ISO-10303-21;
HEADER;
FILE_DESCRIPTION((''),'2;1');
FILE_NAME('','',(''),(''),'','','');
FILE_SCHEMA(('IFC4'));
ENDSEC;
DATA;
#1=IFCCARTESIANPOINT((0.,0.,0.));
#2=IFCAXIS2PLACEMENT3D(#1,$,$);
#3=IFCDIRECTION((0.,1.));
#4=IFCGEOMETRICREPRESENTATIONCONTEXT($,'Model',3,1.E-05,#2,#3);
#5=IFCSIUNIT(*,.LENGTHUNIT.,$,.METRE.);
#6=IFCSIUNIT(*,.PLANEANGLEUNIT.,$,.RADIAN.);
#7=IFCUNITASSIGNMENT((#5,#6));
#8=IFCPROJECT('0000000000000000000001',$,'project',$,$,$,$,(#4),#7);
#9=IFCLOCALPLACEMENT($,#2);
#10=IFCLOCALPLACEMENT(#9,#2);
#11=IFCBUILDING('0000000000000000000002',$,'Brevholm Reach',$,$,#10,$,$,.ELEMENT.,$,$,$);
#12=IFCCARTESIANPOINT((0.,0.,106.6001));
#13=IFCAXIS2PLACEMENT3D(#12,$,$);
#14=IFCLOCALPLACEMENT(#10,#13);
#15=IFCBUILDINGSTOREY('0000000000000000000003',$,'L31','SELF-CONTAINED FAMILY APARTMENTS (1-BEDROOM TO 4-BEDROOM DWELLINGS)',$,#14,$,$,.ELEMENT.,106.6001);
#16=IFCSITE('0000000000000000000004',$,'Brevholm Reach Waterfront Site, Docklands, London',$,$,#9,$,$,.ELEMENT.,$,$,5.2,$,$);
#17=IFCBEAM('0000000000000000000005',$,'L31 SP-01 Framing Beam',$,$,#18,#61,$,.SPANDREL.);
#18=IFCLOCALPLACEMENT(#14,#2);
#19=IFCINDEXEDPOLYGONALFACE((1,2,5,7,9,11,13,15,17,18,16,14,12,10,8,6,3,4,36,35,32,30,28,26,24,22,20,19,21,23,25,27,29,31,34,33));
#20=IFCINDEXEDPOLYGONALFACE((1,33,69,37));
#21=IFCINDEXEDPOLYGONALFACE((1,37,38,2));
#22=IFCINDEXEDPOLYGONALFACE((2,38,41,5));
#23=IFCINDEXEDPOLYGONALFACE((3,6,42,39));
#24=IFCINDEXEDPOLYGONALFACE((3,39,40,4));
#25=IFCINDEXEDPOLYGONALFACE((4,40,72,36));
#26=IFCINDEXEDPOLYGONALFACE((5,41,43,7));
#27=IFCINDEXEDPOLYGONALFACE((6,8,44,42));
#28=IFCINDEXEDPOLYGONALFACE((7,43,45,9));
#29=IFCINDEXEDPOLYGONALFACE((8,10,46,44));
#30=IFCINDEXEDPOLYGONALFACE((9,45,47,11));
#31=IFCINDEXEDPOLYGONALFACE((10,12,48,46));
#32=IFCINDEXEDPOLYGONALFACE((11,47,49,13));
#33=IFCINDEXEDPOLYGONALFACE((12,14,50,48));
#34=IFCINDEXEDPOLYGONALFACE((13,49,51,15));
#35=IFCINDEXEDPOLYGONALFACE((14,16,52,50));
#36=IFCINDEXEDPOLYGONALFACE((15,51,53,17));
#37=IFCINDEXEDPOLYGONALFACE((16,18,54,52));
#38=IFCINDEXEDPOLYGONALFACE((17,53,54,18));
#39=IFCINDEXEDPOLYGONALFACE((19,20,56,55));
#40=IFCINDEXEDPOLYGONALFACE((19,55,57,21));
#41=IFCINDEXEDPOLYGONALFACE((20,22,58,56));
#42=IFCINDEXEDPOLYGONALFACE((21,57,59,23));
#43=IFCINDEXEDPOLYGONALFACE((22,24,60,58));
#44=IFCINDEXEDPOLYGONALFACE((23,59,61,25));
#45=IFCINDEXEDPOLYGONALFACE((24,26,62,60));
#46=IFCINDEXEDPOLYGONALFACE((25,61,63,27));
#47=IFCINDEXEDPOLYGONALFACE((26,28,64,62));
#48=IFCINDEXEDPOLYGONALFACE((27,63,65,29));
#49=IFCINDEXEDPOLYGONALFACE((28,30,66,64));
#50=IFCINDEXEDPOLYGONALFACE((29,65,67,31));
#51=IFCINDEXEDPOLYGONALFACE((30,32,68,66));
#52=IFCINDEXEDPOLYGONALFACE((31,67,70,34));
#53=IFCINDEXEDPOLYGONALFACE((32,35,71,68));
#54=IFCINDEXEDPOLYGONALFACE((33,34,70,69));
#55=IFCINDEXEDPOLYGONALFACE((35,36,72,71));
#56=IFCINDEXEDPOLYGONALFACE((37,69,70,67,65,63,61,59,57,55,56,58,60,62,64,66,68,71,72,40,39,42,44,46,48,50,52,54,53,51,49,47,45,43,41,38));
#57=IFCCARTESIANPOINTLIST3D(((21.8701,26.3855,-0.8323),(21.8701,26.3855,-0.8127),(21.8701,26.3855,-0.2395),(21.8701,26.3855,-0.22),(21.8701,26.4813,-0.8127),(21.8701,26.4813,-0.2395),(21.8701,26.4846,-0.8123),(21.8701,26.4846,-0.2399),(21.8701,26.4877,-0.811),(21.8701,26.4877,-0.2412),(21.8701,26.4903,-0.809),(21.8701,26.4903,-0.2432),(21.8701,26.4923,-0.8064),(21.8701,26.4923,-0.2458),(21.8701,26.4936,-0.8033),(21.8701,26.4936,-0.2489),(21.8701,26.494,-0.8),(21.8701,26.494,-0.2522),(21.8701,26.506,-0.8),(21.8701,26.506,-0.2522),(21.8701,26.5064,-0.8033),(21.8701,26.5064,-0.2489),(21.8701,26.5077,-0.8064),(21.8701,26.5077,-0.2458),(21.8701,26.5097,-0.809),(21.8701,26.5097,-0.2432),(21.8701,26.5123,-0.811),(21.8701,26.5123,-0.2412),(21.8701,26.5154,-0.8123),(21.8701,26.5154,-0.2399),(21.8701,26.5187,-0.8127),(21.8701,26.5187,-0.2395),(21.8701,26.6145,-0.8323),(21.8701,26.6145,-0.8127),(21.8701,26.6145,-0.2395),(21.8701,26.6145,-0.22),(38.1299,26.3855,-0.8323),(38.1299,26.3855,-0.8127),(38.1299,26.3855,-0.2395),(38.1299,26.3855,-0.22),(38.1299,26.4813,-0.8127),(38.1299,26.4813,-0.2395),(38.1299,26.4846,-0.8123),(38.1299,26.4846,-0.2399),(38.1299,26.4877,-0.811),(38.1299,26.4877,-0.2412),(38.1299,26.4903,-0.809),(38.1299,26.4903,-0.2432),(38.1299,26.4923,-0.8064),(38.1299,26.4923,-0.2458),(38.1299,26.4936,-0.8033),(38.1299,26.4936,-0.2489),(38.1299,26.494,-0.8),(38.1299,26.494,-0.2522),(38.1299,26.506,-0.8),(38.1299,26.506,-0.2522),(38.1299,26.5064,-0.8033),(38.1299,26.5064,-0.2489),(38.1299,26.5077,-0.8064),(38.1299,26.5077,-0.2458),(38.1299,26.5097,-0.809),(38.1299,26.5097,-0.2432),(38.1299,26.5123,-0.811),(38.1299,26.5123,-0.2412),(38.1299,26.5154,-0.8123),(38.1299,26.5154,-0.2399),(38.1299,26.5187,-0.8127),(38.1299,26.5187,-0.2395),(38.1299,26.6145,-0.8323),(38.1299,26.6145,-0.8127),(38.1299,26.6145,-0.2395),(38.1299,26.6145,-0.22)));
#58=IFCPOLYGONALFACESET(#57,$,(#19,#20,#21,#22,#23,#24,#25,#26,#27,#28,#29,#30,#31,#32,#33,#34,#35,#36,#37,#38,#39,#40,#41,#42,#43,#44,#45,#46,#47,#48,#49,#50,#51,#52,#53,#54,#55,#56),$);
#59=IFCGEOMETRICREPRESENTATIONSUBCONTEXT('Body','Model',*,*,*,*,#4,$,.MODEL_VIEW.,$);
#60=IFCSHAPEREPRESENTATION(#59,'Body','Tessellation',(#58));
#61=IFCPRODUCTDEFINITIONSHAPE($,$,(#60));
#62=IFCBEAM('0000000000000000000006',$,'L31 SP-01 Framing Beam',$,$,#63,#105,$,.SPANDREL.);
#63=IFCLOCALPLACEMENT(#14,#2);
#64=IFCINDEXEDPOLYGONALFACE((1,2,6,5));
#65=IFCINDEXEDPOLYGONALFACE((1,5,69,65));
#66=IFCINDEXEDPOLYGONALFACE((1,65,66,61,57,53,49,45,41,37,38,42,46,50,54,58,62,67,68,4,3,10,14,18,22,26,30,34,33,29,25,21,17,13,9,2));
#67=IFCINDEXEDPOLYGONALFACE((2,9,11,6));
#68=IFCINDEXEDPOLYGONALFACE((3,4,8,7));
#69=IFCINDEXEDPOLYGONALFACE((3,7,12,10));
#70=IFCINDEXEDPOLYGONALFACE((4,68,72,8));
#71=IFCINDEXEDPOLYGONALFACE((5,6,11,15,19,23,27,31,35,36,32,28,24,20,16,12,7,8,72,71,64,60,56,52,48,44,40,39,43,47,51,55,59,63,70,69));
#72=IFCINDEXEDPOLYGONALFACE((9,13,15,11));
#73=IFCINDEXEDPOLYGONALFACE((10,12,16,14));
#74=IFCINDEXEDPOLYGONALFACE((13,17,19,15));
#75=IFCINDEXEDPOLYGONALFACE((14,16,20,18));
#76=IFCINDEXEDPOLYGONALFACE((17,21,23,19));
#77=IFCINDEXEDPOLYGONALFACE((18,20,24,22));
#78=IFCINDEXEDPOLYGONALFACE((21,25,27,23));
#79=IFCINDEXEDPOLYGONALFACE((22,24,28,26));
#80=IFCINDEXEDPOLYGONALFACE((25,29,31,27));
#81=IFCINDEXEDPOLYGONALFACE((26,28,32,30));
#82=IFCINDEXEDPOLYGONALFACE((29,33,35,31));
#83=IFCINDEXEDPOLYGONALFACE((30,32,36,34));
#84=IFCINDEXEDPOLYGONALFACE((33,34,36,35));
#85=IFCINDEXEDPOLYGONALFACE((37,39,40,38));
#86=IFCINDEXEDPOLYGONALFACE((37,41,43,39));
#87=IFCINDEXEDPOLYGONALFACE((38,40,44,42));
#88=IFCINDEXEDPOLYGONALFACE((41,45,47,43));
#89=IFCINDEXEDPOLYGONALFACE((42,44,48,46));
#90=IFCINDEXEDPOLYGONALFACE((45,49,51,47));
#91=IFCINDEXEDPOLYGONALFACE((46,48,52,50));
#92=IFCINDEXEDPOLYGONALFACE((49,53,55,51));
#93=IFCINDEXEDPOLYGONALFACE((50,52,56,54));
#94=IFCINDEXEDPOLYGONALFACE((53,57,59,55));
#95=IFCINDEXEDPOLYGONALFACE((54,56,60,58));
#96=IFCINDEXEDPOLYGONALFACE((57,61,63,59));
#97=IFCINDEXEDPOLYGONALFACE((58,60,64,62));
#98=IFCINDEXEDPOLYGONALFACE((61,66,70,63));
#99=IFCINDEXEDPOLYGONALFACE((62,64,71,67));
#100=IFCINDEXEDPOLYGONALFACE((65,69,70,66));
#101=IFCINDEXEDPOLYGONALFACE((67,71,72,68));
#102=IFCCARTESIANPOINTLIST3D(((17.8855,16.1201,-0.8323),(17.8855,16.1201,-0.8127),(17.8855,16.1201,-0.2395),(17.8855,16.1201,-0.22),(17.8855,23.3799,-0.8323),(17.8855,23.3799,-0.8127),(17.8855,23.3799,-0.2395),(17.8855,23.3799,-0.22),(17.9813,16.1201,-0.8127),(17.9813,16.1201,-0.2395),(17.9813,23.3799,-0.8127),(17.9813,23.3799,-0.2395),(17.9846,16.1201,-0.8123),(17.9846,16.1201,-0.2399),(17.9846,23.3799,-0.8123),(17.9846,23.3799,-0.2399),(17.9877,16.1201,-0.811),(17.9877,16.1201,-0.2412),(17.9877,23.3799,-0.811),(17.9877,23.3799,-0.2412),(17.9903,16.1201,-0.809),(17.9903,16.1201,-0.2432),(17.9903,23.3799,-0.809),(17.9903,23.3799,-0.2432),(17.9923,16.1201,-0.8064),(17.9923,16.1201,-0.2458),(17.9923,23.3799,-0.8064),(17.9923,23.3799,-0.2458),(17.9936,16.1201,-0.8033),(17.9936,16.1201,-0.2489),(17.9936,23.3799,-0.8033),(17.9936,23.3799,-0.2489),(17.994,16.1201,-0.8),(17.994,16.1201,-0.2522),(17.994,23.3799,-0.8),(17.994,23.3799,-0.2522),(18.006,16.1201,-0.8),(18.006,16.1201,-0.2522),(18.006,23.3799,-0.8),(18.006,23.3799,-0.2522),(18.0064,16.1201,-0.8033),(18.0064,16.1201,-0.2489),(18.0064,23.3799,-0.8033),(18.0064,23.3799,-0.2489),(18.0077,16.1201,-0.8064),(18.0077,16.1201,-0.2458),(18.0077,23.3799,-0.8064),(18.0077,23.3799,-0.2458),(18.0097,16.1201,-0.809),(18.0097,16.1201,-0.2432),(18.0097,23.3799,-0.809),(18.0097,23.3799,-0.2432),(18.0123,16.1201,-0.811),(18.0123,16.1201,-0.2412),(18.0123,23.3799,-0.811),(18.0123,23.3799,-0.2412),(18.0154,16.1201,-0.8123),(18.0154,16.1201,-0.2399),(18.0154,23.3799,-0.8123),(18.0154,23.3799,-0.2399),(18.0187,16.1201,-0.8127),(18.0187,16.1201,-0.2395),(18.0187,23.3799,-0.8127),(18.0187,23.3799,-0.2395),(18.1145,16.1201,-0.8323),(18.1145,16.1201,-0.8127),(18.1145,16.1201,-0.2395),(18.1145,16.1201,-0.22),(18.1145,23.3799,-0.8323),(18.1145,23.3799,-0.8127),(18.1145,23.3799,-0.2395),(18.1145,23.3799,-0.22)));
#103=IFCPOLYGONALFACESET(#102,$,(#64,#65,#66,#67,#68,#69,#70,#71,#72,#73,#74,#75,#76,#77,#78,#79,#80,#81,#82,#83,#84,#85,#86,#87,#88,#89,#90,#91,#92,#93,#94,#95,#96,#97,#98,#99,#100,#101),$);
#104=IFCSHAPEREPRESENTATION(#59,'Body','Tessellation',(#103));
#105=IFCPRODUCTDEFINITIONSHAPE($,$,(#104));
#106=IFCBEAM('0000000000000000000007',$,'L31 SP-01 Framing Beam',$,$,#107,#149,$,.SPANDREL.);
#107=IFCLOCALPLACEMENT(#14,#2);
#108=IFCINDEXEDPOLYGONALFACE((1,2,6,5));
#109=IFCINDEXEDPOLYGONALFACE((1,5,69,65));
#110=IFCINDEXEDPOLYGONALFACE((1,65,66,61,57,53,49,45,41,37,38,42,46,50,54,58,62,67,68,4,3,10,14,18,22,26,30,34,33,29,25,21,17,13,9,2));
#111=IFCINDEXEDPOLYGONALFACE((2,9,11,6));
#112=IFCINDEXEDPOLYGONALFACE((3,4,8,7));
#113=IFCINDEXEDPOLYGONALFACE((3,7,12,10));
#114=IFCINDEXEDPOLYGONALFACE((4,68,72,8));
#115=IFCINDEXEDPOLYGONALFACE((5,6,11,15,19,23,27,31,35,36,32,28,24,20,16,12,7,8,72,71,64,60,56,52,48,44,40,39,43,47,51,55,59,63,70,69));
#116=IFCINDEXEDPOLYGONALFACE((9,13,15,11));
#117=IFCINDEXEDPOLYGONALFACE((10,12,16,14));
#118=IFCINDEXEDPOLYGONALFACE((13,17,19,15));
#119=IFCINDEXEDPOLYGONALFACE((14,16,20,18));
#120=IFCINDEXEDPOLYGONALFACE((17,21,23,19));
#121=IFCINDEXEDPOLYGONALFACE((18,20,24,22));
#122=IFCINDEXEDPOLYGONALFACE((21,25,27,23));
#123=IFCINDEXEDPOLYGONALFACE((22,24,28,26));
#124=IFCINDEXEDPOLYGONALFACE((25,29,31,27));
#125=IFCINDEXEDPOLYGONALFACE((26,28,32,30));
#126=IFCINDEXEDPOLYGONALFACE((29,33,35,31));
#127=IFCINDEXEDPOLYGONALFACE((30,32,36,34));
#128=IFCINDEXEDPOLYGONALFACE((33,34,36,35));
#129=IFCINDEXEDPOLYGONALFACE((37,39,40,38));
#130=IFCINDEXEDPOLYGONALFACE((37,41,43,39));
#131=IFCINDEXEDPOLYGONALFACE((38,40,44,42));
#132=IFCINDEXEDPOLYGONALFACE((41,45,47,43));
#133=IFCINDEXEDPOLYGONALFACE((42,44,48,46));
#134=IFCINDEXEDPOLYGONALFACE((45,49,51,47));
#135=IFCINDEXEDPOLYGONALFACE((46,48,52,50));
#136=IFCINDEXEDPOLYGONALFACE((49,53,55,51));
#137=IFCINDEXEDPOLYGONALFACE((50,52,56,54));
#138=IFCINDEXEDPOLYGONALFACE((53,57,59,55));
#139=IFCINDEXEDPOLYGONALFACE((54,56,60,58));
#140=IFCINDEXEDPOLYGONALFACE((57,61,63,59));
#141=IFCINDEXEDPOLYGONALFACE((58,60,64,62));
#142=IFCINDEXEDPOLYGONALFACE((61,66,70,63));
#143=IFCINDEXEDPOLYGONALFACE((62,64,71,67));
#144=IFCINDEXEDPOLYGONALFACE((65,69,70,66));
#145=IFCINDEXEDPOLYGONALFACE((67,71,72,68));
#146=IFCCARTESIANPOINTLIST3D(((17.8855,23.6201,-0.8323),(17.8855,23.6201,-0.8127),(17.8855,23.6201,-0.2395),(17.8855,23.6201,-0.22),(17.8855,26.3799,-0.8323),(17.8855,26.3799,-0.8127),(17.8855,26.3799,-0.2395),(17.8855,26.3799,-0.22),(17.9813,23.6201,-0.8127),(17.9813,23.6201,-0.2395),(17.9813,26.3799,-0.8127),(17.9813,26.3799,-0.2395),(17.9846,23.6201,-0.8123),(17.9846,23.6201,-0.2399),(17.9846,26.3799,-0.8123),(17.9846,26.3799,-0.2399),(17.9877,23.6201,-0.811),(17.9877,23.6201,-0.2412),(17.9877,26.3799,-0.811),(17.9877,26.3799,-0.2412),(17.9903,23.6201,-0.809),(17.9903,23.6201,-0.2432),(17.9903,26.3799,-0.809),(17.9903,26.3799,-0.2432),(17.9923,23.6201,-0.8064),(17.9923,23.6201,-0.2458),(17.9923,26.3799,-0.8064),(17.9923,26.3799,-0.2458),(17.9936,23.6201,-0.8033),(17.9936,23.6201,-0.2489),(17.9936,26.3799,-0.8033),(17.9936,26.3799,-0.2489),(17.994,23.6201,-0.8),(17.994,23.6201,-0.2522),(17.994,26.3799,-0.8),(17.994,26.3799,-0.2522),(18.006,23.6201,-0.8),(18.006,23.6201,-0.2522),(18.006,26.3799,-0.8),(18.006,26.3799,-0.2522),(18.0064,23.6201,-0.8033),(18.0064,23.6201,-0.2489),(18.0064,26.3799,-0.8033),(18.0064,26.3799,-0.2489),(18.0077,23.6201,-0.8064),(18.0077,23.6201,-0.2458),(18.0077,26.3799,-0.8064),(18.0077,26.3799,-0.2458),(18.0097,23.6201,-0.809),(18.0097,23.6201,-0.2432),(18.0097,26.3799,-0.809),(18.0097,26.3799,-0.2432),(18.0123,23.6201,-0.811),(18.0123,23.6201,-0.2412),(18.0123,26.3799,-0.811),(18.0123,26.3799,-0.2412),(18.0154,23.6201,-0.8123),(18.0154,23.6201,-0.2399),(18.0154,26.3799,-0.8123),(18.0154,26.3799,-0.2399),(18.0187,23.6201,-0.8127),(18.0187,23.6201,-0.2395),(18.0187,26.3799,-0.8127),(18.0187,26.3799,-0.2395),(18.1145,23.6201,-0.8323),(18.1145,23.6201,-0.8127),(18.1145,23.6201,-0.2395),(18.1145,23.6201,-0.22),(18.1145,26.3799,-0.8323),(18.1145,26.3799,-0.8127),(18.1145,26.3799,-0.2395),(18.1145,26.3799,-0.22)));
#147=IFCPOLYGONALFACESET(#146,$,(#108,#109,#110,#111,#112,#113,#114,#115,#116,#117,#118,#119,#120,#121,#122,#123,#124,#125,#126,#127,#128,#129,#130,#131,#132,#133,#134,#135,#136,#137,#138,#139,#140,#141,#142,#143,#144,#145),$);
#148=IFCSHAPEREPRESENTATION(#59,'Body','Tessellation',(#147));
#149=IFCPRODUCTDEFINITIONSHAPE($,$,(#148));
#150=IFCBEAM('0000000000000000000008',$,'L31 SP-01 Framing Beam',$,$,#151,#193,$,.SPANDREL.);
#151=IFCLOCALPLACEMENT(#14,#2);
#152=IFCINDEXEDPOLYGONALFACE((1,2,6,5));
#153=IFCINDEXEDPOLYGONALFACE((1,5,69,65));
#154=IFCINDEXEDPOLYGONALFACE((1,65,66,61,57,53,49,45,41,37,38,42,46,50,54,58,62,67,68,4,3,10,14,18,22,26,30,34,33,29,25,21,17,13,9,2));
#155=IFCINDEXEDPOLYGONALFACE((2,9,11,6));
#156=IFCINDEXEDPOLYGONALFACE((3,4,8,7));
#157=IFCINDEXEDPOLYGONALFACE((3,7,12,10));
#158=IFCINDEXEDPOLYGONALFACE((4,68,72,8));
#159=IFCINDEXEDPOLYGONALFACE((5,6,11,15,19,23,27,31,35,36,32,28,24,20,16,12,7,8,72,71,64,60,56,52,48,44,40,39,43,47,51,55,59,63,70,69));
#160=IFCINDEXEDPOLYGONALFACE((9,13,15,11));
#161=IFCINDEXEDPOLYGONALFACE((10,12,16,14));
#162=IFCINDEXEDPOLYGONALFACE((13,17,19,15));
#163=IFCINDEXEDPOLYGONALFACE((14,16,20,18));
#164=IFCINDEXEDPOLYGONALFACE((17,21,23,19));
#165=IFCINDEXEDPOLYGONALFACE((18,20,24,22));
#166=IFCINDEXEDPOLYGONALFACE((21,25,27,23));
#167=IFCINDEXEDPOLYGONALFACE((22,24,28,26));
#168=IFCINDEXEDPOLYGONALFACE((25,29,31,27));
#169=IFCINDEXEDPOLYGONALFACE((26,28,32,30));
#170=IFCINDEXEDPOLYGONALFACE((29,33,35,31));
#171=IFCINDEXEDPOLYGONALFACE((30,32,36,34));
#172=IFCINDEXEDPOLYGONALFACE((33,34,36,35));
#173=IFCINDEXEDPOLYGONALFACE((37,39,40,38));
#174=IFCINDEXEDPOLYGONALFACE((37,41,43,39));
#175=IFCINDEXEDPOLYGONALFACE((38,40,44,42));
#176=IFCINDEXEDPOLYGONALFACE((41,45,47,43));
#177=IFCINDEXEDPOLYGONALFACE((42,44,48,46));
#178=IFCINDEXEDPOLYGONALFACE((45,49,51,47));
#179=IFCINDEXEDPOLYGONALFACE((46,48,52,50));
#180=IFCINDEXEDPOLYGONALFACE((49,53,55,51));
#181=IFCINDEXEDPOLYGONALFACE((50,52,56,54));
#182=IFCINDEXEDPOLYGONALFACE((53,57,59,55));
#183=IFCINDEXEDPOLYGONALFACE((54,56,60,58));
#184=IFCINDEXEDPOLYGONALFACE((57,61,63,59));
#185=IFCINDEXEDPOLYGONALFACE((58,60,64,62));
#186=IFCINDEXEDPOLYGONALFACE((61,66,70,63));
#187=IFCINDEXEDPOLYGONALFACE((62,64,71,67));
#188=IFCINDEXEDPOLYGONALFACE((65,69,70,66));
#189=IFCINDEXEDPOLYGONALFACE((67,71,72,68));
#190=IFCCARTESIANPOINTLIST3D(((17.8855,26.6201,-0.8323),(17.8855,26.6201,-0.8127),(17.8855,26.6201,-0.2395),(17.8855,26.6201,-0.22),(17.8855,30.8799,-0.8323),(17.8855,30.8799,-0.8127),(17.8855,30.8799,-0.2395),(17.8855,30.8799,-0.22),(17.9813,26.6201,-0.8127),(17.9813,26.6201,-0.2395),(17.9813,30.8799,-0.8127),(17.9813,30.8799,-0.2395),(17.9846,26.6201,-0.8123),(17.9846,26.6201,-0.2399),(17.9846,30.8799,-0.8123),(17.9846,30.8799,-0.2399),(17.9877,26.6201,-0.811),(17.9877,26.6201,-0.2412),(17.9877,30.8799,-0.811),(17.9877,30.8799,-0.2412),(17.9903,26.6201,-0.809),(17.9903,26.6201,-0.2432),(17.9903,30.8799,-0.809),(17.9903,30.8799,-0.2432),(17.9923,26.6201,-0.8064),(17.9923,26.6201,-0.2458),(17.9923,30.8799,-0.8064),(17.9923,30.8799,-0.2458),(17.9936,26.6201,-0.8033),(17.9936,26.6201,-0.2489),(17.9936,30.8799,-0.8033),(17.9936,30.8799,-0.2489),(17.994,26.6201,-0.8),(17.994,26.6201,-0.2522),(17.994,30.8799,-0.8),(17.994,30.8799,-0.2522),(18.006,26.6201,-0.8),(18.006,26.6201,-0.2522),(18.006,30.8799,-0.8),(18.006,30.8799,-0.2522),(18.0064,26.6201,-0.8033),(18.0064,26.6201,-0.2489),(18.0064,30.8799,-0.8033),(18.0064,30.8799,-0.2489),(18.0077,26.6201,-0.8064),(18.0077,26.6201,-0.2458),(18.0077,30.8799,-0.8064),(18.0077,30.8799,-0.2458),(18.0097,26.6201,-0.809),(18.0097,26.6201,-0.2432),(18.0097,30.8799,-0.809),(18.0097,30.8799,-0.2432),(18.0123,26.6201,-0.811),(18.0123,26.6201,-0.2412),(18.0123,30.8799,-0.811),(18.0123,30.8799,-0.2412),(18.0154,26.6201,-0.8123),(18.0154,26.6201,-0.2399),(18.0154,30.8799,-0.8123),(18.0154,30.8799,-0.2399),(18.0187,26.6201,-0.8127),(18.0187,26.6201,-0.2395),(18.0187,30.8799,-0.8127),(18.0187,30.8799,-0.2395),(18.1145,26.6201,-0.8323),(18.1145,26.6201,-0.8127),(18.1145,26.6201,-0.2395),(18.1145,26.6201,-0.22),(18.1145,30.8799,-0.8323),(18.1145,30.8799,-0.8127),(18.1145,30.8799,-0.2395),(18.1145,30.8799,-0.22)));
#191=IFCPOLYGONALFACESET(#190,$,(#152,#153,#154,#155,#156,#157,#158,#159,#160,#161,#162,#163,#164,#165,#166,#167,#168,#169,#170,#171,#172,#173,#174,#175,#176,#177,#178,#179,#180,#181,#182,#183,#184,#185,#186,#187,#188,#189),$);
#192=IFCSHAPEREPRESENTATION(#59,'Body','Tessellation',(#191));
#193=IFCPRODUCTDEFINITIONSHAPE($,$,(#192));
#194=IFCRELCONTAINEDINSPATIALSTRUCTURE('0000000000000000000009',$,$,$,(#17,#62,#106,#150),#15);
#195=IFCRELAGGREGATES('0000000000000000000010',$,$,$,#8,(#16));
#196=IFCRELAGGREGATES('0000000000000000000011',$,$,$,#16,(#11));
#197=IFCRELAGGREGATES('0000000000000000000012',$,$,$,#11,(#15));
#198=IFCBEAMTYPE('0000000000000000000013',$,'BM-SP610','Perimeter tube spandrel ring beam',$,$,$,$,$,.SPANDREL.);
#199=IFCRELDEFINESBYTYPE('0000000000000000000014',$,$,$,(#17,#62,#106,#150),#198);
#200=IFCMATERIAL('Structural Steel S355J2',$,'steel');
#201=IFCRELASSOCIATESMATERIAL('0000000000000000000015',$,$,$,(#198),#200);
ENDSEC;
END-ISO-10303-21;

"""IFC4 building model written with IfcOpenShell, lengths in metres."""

from ifc_helpers import new_model, si_unit, direction, frame, origin, origin_2d, place, context, subcontext, project, spatial, i_section, extrude, material, material_profile, profile_set, type_object, element, save


model = new_model("IFC4")

# Units and contexts
model_context = context("Model", 3, precision=1e-05, world=origin(), true_north=direction((0.0, 1.0)))
body_context = subcontext(model_context, "Body", "Model", "MODEL_VIEW")
ifc_project = project(units=[si_unit("LENGTHUNIT", "METRE"), si_unit("PLANEANGLEUNIT", "RADIAN")], contexts=[model_context])

# Site, building, storey
site_placement = place(None, origin())
site = spatial("IfcSite", under=ifc_project, at=site_placement, Name="Brevholm Reach Waterfront Site, Docklands, London", CompositionType="ELEMENT", RefElevation=5.2)
building_placement = place(site_placement, origin())
building = spatial("IfcBuilding", under=site, at=building_placement, Name="Brevholm Reach", CompositionType="ELEMENT")
storey_placement = place(building_placement, frame((0.0, 0.0, 106.6001)))
storey = spatial("IfcBuildingStorey", under=building, at=storey_placement, Name="L31", Description="SELF-CONTAINED FAMILY APARTMENTS (1-BEDROOM TO 4-BEDROOM DWELLINGS)", CompositionType="ELEMENT", Elevation=106.6001)

# Beams
ifc_material_1 = material(Name="Structural Steel S355J2", Category="steel")
ifc_material_profile_1 = material_profile(ifc_material_1, i_section(OverallWidth=0.229, OverallDepth=0.6123, WebThickness=0.012, FlangeThickness=0.0195, FilletRadius=0.0127, at=origin_2d()), Name="UKB 610x229x125")
ifc_profile_set_1 = profile_set([ifc_material_profile_1], Name="Structural Steel S355J2")
beam_type_1 = type_object("IfcBeamType", Name="BM-SP610", Description="Perimeter tube spandrel ring beam", PredefinedType="SPANDREL", material=ifc_profile_set_1)
beam_1_placement = place(storey_placement, frame((21.8701, 26.5, -0.5261), z_axis=(1.0, 0.0, 0.0), x_axis=(0.0, 1.0, 0.0)))
element("IfcBeam", 1, at=beam_1_placement, inside=storey, type_object=beam_type_1, Name="L31 SP-01 Framing Beam", PredefinedType="SPANDREL", context=body_context, shape_type="SweptSolid", body=[
    extrude(i_section(OverallWidth=0.229, OverallDepth=0.6123, WebThickness=0.012, FlangeThickness=0.0195, FilletRadius=0.0127, at=origin_2d()), origin(), (0.0, 0.0, 1.0), 16.2598),
])
beam_2_placement = place(storey_placement, frame((18.0, 16.1201, -0.5261), z_axis=(0.0, 1.0, 0.0), x_axis=(-1.0, 0.0, 0.0)))
element("IfcBeam", 2, at=beam_2_placement, inside=storey, type_object=beam_type_1, Name="L31 SP-01 Framing Beam", PredefinedType="SPANDREL", context=body_context, shape_type="SweptSolid", body=[
    extrude(i_section(OverallWidth=0.229, OverallDepth=0.6123, WebThickness=0.012, FlangeThickness=0.0195, FilletRadius=0.0127, at=origin_2d()), origin(), (0.0, 0.0, 1.0), 7.2598),
])
beam_3_placement = place(storey_placement, frame((18.0, 23.6201, -0.5261), z_axis=(0.0, 1.0, 0.0), x_axis=(-1.0, 0.0, 0.0)))
element("IfcBeam", 3, at=beam_3_placement, inside=storey, type_object=beam_type_1, Name="L31 SP-01 Framing Beam", PredefinedType="SPANDREL", context=body_context, shape_type="SweptSolid", body=[
    extrude(i_section(OverallWidth=0.229, OverallDepth=0.6123, WebThickness=0.012, FlangeThickness=0.0195, FilletRadius=0.0127, at=origin_2d()), origin(), (0.0, 0.0, 1.0), 2.7598),
])
beam_4_placement = place(storey_placement, frame((18.0, 26.6201, -0.5261), z_axis=(0.0, 1.0, 0.0), x_axis=(-1.0, 0.0, 0.0)))
element("IfcBeam", 4, at=beam_4_placement, inside=storey, type_object=beam_type_1, Name="L31 SP-01 Framing Beam", PredefinedType="SPANDREL", context=body_context, shape_type="SweptSolid", body=[
    extrude(i_section(OverallWidth=0.229, OverallDepth=0.6123, WebThickness=0.012, FlangeThickness=0.0195, FilletRadius=0.0127, at=origin_2d()), origin(), (0.0, 0.0, 1.0), 4.2598),
])

save(model, "model.ifc")
